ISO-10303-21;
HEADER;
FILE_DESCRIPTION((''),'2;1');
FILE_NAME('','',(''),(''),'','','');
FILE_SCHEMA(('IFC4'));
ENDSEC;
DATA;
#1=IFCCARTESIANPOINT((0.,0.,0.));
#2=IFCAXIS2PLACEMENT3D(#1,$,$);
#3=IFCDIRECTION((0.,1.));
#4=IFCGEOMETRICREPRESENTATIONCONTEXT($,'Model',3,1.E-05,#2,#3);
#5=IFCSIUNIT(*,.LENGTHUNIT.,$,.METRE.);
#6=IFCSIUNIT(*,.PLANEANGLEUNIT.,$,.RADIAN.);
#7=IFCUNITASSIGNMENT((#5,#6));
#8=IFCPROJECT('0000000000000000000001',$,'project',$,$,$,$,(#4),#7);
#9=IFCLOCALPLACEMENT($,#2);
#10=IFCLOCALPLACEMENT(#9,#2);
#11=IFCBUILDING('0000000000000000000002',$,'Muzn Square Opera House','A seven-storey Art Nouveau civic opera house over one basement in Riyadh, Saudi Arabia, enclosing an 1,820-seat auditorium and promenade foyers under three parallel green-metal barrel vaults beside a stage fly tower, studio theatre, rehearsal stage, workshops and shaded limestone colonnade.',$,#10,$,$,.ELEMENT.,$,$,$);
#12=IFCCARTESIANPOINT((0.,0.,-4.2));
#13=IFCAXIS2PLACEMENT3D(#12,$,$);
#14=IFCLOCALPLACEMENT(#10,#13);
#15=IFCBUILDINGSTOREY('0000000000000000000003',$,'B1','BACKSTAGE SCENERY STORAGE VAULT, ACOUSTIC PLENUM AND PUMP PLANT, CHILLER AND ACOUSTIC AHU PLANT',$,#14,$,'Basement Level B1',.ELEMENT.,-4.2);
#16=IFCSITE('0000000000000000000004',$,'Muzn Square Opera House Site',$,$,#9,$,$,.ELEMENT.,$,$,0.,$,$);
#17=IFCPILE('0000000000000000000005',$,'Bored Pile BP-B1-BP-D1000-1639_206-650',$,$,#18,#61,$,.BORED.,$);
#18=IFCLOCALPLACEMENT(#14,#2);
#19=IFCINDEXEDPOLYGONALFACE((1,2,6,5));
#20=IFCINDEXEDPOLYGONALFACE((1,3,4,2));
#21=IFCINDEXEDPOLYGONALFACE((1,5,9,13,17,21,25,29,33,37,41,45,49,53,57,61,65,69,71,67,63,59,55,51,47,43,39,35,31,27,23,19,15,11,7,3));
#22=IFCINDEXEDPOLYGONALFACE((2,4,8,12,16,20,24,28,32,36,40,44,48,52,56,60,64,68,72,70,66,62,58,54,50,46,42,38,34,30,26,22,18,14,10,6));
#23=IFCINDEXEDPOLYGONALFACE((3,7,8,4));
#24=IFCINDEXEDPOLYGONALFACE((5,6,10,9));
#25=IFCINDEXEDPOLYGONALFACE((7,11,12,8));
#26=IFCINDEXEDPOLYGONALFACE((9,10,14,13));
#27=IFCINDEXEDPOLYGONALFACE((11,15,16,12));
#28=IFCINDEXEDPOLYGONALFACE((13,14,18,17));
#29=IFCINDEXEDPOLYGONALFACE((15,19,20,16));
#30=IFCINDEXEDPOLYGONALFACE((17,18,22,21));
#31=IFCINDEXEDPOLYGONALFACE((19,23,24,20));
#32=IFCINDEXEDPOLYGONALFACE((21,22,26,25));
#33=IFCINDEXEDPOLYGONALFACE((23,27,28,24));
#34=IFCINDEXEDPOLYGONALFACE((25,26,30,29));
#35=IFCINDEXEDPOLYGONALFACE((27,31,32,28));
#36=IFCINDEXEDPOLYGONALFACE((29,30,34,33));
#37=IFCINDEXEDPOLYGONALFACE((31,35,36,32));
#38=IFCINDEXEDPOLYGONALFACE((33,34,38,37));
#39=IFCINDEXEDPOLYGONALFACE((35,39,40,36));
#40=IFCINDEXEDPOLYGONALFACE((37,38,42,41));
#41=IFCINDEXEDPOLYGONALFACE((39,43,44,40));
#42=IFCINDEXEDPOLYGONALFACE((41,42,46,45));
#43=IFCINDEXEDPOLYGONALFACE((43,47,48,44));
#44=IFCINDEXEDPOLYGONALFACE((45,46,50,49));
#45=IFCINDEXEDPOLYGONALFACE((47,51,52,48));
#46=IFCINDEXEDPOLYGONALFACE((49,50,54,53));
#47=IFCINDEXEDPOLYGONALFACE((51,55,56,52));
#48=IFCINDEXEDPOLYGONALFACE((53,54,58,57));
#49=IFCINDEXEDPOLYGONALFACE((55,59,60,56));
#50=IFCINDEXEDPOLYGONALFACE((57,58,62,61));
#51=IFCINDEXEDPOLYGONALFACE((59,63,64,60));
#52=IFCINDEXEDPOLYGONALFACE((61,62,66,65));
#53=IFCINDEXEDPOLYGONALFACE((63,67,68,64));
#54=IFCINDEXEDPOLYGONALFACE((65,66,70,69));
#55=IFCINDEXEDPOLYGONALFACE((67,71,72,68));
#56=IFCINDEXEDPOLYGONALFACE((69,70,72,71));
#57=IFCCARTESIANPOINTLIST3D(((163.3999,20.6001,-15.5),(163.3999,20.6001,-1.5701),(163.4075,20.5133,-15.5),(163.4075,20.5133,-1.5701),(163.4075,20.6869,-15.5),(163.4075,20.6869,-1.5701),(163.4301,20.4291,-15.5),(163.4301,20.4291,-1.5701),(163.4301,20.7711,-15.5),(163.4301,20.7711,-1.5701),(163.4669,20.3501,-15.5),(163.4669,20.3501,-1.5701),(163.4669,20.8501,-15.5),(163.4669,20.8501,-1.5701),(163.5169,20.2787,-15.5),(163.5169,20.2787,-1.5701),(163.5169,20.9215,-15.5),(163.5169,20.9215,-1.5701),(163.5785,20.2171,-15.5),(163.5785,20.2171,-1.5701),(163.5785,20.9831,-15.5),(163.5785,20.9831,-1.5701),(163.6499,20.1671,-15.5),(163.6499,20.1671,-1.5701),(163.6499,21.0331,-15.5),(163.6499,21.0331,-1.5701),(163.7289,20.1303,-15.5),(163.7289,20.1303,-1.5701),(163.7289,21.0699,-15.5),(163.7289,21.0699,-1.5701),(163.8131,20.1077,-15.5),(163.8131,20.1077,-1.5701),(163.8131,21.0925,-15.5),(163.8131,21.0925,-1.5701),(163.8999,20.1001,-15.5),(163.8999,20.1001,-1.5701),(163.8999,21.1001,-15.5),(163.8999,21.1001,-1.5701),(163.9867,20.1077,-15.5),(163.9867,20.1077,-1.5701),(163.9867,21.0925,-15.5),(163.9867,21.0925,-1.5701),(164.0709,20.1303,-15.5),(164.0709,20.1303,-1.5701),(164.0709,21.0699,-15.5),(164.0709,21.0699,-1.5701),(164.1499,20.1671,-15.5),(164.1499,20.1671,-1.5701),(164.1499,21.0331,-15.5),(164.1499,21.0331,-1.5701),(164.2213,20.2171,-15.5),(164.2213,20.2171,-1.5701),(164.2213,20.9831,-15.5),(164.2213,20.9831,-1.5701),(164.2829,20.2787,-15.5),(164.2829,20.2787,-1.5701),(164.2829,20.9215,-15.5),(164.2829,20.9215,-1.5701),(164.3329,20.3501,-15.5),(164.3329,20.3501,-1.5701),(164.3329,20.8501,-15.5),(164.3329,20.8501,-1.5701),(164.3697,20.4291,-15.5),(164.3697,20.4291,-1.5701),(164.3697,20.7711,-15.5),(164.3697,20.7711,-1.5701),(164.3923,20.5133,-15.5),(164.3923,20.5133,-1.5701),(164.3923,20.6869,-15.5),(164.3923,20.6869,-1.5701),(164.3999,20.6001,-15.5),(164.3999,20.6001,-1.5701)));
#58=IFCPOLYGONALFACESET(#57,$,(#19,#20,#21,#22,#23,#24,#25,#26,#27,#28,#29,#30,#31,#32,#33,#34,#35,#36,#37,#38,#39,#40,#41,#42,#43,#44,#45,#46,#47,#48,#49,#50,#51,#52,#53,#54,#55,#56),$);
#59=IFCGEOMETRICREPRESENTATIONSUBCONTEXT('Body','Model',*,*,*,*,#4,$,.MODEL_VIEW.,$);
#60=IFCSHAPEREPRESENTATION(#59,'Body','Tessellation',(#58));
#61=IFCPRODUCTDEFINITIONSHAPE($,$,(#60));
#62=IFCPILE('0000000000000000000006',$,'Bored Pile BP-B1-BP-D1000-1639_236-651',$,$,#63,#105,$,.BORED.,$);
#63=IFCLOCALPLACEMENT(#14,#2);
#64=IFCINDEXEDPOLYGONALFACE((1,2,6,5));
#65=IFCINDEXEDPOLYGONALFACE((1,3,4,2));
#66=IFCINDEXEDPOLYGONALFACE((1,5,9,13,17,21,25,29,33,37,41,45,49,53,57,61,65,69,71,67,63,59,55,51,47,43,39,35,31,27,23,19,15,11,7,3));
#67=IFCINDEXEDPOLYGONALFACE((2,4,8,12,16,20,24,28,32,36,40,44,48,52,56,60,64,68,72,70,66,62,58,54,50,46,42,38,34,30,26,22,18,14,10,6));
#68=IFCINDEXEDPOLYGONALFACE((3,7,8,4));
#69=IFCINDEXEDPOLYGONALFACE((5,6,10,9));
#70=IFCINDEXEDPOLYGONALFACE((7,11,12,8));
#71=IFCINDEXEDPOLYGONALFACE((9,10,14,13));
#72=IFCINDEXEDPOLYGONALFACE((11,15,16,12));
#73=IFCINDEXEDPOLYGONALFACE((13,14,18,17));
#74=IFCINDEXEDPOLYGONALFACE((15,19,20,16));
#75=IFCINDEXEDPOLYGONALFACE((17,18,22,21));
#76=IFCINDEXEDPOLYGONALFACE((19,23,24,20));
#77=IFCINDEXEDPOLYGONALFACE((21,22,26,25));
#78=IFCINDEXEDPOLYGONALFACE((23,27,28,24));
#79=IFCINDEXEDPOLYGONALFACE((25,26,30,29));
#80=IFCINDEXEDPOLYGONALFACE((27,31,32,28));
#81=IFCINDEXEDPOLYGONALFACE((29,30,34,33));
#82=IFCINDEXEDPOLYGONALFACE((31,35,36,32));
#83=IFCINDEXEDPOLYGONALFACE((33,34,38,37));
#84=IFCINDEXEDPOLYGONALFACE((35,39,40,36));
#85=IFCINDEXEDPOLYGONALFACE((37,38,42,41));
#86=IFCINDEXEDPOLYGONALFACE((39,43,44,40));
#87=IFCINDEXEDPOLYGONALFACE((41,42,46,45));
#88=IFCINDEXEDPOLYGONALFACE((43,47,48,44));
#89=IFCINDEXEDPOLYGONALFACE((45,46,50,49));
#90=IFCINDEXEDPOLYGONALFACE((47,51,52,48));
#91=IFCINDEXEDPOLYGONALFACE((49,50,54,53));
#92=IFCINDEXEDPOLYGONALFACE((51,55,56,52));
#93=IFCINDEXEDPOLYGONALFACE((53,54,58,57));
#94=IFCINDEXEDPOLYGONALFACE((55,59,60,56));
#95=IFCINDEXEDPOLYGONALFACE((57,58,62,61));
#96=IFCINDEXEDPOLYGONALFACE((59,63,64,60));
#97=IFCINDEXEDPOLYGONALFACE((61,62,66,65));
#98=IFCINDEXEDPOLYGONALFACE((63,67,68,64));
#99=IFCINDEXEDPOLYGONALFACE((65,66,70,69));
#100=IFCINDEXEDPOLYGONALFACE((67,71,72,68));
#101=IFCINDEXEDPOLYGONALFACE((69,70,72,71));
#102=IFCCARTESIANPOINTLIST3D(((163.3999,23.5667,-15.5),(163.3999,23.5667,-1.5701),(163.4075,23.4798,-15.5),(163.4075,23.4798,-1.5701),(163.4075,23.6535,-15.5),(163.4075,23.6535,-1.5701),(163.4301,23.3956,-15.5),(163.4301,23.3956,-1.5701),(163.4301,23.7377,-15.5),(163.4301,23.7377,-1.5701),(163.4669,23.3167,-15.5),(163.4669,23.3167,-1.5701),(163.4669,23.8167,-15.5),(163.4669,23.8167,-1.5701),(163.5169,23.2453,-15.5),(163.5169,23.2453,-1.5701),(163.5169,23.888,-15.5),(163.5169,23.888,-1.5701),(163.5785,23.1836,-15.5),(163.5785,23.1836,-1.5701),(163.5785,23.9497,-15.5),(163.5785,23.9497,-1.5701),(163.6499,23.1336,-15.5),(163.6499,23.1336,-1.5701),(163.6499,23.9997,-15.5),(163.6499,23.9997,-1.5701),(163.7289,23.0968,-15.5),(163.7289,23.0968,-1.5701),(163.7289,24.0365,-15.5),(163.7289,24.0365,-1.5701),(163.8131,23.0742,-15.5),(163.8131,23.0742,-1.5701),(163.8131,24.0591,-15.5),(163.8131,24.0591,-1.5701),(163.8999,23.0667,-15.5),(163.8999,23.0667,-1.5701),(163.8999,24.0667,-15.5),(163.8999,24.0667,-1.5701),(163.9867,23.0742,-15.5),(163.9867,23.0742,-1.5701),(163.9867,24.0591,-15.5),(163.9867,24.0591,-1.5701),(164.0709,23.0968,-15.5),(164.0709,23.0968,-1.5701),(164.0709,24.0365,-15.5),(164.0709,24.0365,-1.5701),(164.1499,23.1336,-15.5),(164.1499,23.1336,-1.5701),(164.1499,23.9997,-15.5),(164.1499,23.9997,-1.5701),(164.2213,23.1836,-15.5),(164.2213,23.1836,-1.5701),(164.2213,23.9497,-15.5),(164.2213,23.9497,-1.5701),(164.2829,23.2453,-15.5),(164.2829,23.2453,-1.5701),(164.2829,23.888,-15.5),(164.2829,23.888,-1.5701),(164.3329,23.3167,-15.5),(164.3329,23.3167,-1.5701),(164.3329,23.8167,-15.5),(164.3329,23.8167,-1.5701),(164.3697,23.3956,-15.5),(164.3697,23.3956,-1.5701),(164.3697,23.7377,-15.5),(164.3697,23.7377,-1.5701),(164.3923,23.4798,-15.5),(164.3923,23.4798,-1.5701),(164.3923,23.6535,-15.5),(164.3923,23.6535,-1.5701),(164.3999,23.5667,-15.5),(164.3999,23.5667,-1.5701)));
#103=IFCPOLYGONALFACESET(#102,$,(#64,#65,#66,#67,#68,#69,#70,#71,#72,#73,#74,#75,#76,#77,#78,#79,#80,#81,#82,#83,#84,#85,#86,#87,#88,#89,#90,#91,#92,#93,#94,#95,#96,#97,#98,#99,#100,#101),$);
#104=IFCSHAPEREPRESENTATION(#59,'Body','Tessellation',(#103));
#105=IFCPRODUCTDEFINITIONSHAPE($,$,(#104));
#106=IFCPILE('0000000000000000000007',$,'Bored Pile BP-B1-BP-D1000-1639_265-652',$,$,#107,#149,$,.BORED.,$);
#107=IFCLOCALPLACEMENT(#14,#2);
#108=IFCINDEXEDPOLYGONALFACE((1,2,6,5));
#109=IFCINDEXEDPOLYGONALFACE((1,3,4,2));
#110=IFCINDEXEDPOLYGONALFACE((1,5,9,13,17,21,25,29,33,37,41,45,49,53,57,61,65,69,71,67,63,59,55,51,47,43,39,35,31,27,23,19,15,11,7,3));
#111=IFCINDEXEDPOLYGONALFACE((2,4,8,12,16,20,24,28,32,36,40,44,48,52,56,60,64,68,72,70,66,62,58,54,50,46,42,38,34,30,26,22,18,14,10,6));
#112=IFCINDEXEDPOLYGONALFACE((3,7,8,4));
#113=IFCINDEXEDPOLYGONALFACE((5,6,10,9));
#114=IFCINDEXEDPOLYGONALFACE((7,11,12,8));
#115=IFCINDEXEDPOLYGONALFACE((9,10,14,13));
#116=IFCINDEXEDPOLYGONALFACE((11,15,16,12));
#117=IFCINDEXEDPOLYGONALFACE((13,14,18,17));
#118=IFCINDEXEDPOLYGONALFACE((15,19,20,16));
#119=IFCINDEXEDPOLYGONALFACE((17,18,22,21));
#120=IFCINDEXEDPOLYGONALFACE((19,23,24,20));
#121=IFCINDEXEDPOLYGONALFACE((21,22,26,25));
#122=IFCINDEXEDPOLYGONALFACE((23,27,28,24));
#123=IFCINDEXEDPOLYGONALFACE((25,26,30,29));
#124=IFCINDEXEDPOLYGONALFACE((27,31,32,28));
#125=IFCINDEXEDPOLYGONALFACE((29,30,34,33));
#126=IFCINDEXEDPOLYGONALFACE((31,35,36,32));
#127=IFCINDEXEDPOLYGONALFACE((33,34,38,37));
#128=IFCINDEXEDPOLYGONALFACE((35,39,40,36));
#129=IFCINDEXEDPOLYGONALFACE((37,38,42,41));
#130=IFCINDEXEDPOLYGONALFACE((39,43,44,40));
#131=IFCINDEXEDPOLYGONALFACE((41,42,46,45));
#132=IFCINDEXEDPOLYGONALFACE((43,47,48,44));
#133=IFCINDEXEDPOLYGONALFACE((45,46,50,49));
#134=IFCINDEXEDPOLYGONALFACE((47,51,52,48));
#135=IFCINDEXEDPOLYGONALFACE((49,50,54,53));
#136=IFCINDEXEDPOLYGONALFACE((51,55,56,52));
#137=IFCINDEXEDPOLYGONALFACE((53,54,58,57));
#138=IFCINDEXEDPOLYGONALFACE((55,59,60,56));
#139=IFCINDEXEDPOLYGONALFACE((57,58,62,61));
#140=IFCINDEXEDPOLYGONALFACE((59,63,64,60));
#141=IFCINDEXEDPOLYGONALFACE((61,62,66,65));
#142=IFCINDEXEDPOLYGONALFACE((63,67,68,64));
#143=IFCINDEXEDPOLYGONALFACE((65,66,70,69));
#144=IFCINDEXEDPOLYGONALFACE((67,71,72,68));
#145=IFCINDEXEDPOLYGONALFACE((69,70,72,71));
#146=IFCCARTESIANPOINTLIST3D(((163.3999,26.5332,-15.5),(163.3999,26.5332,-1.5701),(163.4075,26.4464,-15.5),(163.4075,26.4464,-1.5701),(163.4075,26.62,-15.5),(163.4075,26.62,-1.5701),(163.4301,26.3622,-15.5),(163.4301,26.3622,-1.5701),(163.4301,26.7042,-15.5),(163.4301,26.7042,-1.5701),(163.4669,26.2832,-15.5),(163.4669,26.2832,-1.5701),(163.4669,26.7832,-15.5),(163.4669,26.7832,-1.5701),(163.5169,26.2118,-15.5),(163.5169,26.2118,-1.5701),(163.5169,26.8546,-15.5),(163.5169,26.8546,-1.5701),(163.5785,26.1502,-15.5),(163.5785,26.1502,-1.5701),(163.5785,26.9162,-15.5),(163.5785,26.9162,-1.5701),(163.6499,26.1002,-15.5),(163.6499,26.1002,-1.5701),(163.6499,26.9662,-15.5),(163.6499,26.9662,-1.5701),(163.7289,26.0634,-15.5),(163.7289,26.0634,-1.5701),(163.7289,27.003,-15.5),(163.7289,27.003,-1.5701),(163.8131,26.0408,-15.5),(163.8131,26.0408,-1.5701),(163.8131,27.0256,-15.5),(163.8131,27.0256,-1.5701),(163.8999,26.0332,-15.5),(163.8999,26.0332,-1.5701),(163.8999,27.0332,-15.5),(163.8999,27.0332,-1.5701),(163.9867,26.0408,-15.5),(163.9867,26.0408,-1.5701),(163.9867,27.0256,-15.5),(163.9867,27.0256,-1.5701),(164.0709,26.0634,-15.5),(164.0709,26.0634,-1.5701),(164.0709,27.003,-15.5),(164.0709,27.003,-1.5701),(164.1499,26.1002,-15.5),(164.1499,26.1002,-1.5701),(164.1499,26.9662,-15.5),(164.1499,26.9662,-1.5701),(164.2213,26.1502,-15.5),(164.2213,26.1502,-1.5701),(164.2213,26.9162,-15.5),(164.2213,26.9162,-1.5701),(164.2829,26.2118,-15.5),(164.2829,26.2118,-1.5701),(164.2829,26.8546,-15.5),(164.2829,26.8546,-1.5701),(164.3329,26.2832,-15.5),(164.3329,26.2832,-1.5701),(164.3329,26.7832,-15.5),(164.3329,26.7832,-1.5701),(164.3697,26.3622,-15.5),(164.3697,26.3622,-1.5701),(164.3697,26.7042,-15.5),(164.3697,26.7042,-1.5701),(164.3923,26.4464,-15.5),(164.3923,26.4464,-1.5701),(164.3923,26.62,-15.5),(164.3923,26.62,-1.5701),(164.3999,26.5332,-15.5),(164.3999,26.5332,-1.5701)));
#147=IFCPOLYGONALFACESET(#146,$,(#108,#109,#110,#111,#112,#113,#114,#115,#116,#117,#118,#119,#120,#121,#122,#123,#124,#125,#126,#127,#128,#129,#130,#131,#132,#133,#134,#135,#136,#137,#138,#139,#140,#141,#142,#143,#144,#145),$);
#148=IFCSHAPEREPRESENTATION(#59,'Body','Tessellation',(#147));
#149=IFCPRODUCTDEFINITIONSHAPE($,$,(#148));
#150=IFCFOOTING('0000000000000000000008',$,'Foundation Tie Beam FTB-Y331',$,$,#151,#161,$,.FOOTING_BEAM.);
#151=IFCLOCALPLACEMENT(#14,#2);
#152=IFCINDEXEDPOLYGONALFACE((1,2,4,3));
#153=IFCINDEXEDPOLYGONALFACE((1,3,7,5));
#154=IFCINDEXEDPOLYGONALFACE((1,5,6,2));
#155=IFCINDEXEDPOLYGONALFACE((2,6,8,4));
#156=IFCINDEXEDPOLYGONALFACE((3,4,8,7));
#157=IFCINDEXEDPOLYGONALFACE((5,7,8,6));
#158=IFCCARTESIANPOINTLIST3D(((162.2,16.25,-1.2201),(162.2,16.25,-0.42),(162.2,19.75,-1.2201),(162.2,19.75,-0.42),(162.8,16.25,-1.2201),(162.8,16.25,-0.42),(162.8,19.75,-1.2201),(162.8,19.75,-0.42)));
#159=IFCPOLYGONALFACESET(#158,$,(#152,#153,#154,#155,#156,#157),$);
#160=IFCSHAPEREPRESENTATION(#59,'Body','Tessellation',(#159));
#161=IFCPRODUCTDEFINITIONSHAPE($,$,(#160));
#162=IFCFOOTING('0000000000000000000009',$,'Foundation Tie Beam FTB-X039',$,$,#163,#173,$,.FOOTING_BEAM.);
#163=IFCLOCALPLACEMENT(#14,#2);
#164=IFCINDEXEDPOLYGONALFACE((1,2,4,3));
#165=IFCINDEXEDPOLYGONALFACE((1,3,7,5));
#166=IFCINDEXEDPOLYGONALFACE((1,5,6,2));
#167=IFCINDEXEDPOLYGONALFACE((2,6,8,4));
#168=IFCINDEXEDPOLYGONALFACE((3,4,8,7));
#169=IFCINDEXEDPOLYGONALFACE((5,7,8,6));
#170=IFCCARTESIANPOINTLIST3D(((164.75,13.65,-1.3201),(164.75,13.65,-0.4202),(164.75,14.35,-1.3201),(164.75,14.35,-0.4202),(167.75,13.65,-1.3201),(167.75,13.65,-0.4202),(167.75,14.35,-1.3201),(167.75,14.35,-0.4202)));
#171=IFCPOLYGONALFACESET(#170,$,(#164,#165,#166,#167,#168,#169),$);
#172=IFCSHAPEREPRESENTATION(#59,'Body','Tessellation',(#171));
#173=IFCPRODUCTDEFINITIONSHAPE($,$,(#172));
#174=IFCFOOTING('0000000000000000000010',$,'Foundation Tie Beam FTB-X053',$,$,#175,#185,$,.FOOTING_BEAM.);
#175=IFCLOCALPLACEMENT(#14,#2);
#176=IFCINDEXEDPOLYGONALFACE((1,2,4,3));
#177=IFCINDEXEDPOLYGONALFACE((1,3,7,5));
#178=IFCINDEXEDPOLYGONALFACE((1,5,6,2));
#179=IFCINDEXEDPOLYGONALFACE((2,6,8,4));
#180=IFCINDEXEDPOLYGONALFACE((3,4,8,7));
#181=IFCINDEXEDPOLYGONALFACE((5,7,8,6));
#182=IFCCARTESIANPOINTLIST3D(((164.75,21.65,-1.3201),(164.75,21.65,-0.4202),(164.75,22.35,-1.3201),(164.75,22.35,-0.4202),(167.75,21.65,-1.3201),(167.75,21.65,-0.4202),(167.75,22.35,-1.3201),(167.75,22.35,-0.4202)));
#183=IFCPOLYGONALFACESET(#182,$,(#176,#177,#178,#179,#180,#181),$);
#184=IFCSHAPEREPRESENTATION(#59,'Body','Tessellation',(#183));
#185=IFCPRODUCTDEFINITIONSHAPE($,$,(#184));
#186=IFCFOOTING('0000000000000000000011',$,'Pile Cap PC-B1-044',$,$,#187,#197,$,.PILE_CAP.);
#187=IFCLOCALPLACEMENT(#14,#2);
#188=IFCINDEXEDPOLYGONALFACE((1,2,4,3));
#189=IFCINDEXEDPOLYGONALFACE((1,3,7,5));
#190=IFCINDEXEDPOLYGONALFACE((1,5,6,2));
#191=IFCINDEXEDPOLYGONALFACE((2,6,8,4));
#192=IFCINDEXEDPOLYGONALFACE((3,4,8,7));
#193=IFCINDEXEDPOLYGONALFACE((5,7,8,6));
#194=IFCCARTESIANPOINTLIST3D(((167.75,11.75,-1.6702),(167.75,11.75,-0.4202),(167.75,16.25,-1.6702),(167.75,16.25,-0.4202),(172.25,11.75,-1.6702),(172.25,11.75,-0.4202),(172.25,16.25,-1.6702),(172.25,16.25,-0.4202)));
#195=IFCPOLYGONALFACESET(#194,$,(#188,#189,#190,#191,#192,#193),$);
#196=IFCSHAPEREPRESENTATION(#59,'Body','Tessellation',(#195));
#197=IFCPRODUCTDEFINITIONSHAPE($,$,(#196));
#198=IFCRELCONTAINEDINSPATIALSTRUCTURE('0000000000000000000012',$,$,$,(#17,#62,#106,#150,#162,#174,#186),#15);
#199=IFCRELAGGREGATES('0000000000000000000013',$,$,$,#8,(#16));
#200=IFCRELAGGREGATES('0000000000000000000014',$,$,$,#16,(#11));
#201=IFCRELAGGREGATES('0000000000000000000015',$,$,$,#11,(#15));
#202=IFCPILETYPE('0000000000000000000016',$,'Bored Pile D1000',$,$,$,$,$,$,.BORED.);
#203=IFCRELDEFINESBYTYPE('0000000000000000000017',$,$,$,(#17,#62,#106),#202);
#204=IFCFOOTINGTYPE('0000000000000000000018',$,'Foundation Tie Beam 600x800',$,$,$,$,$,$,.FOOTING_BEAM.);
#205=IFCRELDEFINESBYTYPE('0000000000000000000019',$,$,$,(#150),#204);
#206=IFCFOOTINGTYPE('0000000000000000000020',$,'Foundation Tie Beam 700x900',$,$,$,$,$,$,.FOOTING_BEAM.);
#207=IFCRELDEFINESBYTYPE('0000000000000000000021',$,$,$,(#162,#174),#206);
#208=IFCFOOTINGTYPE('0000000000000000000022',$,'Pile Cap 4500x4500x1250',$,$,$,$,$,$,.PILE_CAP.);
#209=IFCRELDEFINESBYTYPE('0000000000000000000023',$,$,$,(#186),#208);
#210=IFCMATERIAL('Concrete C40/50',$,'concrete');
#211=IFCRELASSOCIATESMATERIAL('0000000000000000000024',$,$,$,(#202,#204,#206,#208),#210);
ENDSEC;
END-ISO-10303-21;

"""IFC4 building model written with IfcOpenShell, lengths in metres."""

from ifc_helpers import new_model, si_unit, direction, frame, origin, origin_2d, place, context, subcontext, project, spatial, rectangle, circle, extrude, material, material_profile, profile_set, type_object, element, save


model = new_model("IFC4")

# Units and contexts
model_context = context("Model", 3, precision=1e-05, world=origin(), true_north=direction((0.0, 1.0)))
body_context = subcontext(model_context, "Body", "Model", "MODEL_VIEW")
ifc_project = project(units=[si_unit("LENGTHUNIT", "METRE"), si_unit("PLANEANGLEUNIT", "RADIAN")], contexts=[model_context])

# Site, building, storey
site_placement = place(None, origin())
site = spatial("IfcSite", under=ifc_project, at=site_placement, Name="Muzn Square Opera House Site", CompositionType="ELEMENT", RefElevation=0.0)
building_placement = place(site_placement, origin())
building = spatial("IfcBuilding", under=site, at=building_placement, Name="Muzn Square Opera House", Description="A seven-storey Art Nouveau civic opera house over one basement in Riyadh, Saudi Arabia, enclosing an 1,820-seat auditorium and promenade foyers under three parallel green-metal barrel vaults beside a stage fly tower, studio theatre, rehearsal stage, workshops and shaded limestone colonnade.", CompositionType="ELEMENT")
storey_placement = place(building_placement, frame((0.0, 0.0, -4.2)))
storey = spatial("IfcBuildingStorey", under=building, at=storey_placement, Name="B1", Description="BACKSTAGE SCENERY STORAGE VAULT, ACOUSTIC PLENUM AND PUMP PLANT, CHILLER AND ACOUSTIC AHU PLANT", LongName="Basement Level B1", CompositionType="ELEMENT", Elevation=-4.2)

# Piles
ifc_material_1 = material(Name="Concrete C40/50", Category="concrete")
ifc_material_profile_1 = material_profile(ifc_material_1, circle(Radius=0.5, at=origin_2d()), Name="BORED PILE D1000", Category="concrete")
ifc_profile_set_1 = profile_set([ifc_material_profile_1], Name="Concrete C40/50")
pile_type = type_object("IfcPileType", Name="Bored Pile D1000", PredefinedType="BORED", material=ifc_profile_set_1)
for number, where, z_axis, x_axis, name in (
    (1, (163.8999, 20.6001, -1.5701), (0.0, 0.0, -1.0), (1.0, 0.0, 0.0), "Bored Pile BP-B1-BP-D1000-1639_206-650"),
    (2, (163.8999, 23.5667, -1.5701), (0.0, 0.0, -1.0), (1.0, 0.0, 0.0), "Bored Pile BP-B1-BP-D1000-1639_236-651"),
    (3, (163.8999, 26.5332, -1.5701), (0.0, 0.0, -1.0), (1.0, 0.0, 0.0), "Bored Pile BP-B1-BP-D1000-1639_265-652"),
):
    element("IfcPile", number, at=place(storey_placement, frame(where, z_axis=z_axis, x_axis=x_axis)), inside=storey, type_object=pile_type, Name=name, PredefinedType="BORED", context=body_context, shape_type="SweptSolid", body=[
        extrude(circle(Radius=0.5, at=origin_2d()), origin(), (0.0, 0.0, 1.0), 13.9299),
    ])

# Footings
ifc_material_profile_2 = material_profile(ifc_material_1, rectangle(XDim=0.6001, YDim=0.8, at=origin_2d()), Name="RCTB 600x800", Category="concrete")
ifc_profile_set_2 = profile_set([ifc_material_profile_2], Name="Concrete C40/50")
footing_type_1 = type_object("IfcFootingType", Name="Foundation Tie Beam 600x800", PredefinedType="FOOTING_BEAM", material=ifc_profile_set_2)
footing_1_placement = place(storey_placement, frame((162.5, 16.25, -0.8201), z_axis=(0.0, 1.0, 0.0), x_axis=(-1.0, 0.0, 0.0)))
element("IfcFooting", 4, at=footing_1_placement, inside=storey, type_object=footing_type_1, Name="Foundation Tie Beam FTB-Y331", PredefinedType="FOOTING_BEAM", context=body_context, shape_type="SweptSolid", body=[
    extrude(rectangle(XDim=0.6001, YDim=0.8, at=origin_2d()), origin(), (0.0, 0.0, 1.0), 3.5),
])
ifc_material_profile_3 = material_profile(ifc_material_1, rectangle(XDim=0.7, YDim=0.8999, at=origin_2d()), Name="RCTB 700x900", Category="concrete")
ifc_profile_set_3 = profile_set([ifc_material_profile_3], Name="Concrete C40/50")
footing_type_2 = type_object("IfcFootingType", Name="Foundation Tie Beam 700x900", PredefinedType="FOOTING_BEAM", material=ifc_profile_set_3)
for number, where, z_axis, x_axis, name in (
    (5, (164.75, 14.0, -0.8701), (1.0, 0.0, 0.0), (0.0, 1.0, 0.0), "Foundation Tie Beam FTB-X039"),
    (6, (164.75, 22.0, -0.8701), (1.0, 0.0, 0.0), (0.0, 1.0, 0.0), "Foundation Tie Beam FTB-X053"),
):
    element("IfcFooting", number, at=place(storey_placement, frame(where, z_axis=z_axis, x_axis=x_axis)), inside=storey, type_object=footing_type_2, Name=name, PredefinedType="FOOTING_BEAM", context=body_context, shape_type="SweptSolid", body=[
        extrude(rectangle(XDim=0.7, YDim=0.8999, at=origin_2d()), origin(), (0.0, 0.0, 1.0), 3.0),
    ])
footing_type_3 = type_object("IfcFootingType", Name="Pile Cap 4500x4500x1250", PredefinedType="PILE_CAP", material=ifc_material_1)
footing_2_placement = place(storey_placement, frame((170.0, 14.0, -1.6702), z_axis=(0.0, 0.0, 1.0), x_axis=(1.0, 0.0, 0.0)))
element("IfcFooting", 7, at=footing_2_placement, inside=storey, type_object=footing_type_3, Name="Pile Cap PC-B1-044", PredefinedType="PILE_CAP", context=body_context, shape_type="SweptSolid", body=[
    extrude(rectangle(XDim=4.5, YDim=4.5, at=origin_2d()), origin(), (0.0, 0.0, 1.0), 1.25),
])

save(model, "model.ifc")
